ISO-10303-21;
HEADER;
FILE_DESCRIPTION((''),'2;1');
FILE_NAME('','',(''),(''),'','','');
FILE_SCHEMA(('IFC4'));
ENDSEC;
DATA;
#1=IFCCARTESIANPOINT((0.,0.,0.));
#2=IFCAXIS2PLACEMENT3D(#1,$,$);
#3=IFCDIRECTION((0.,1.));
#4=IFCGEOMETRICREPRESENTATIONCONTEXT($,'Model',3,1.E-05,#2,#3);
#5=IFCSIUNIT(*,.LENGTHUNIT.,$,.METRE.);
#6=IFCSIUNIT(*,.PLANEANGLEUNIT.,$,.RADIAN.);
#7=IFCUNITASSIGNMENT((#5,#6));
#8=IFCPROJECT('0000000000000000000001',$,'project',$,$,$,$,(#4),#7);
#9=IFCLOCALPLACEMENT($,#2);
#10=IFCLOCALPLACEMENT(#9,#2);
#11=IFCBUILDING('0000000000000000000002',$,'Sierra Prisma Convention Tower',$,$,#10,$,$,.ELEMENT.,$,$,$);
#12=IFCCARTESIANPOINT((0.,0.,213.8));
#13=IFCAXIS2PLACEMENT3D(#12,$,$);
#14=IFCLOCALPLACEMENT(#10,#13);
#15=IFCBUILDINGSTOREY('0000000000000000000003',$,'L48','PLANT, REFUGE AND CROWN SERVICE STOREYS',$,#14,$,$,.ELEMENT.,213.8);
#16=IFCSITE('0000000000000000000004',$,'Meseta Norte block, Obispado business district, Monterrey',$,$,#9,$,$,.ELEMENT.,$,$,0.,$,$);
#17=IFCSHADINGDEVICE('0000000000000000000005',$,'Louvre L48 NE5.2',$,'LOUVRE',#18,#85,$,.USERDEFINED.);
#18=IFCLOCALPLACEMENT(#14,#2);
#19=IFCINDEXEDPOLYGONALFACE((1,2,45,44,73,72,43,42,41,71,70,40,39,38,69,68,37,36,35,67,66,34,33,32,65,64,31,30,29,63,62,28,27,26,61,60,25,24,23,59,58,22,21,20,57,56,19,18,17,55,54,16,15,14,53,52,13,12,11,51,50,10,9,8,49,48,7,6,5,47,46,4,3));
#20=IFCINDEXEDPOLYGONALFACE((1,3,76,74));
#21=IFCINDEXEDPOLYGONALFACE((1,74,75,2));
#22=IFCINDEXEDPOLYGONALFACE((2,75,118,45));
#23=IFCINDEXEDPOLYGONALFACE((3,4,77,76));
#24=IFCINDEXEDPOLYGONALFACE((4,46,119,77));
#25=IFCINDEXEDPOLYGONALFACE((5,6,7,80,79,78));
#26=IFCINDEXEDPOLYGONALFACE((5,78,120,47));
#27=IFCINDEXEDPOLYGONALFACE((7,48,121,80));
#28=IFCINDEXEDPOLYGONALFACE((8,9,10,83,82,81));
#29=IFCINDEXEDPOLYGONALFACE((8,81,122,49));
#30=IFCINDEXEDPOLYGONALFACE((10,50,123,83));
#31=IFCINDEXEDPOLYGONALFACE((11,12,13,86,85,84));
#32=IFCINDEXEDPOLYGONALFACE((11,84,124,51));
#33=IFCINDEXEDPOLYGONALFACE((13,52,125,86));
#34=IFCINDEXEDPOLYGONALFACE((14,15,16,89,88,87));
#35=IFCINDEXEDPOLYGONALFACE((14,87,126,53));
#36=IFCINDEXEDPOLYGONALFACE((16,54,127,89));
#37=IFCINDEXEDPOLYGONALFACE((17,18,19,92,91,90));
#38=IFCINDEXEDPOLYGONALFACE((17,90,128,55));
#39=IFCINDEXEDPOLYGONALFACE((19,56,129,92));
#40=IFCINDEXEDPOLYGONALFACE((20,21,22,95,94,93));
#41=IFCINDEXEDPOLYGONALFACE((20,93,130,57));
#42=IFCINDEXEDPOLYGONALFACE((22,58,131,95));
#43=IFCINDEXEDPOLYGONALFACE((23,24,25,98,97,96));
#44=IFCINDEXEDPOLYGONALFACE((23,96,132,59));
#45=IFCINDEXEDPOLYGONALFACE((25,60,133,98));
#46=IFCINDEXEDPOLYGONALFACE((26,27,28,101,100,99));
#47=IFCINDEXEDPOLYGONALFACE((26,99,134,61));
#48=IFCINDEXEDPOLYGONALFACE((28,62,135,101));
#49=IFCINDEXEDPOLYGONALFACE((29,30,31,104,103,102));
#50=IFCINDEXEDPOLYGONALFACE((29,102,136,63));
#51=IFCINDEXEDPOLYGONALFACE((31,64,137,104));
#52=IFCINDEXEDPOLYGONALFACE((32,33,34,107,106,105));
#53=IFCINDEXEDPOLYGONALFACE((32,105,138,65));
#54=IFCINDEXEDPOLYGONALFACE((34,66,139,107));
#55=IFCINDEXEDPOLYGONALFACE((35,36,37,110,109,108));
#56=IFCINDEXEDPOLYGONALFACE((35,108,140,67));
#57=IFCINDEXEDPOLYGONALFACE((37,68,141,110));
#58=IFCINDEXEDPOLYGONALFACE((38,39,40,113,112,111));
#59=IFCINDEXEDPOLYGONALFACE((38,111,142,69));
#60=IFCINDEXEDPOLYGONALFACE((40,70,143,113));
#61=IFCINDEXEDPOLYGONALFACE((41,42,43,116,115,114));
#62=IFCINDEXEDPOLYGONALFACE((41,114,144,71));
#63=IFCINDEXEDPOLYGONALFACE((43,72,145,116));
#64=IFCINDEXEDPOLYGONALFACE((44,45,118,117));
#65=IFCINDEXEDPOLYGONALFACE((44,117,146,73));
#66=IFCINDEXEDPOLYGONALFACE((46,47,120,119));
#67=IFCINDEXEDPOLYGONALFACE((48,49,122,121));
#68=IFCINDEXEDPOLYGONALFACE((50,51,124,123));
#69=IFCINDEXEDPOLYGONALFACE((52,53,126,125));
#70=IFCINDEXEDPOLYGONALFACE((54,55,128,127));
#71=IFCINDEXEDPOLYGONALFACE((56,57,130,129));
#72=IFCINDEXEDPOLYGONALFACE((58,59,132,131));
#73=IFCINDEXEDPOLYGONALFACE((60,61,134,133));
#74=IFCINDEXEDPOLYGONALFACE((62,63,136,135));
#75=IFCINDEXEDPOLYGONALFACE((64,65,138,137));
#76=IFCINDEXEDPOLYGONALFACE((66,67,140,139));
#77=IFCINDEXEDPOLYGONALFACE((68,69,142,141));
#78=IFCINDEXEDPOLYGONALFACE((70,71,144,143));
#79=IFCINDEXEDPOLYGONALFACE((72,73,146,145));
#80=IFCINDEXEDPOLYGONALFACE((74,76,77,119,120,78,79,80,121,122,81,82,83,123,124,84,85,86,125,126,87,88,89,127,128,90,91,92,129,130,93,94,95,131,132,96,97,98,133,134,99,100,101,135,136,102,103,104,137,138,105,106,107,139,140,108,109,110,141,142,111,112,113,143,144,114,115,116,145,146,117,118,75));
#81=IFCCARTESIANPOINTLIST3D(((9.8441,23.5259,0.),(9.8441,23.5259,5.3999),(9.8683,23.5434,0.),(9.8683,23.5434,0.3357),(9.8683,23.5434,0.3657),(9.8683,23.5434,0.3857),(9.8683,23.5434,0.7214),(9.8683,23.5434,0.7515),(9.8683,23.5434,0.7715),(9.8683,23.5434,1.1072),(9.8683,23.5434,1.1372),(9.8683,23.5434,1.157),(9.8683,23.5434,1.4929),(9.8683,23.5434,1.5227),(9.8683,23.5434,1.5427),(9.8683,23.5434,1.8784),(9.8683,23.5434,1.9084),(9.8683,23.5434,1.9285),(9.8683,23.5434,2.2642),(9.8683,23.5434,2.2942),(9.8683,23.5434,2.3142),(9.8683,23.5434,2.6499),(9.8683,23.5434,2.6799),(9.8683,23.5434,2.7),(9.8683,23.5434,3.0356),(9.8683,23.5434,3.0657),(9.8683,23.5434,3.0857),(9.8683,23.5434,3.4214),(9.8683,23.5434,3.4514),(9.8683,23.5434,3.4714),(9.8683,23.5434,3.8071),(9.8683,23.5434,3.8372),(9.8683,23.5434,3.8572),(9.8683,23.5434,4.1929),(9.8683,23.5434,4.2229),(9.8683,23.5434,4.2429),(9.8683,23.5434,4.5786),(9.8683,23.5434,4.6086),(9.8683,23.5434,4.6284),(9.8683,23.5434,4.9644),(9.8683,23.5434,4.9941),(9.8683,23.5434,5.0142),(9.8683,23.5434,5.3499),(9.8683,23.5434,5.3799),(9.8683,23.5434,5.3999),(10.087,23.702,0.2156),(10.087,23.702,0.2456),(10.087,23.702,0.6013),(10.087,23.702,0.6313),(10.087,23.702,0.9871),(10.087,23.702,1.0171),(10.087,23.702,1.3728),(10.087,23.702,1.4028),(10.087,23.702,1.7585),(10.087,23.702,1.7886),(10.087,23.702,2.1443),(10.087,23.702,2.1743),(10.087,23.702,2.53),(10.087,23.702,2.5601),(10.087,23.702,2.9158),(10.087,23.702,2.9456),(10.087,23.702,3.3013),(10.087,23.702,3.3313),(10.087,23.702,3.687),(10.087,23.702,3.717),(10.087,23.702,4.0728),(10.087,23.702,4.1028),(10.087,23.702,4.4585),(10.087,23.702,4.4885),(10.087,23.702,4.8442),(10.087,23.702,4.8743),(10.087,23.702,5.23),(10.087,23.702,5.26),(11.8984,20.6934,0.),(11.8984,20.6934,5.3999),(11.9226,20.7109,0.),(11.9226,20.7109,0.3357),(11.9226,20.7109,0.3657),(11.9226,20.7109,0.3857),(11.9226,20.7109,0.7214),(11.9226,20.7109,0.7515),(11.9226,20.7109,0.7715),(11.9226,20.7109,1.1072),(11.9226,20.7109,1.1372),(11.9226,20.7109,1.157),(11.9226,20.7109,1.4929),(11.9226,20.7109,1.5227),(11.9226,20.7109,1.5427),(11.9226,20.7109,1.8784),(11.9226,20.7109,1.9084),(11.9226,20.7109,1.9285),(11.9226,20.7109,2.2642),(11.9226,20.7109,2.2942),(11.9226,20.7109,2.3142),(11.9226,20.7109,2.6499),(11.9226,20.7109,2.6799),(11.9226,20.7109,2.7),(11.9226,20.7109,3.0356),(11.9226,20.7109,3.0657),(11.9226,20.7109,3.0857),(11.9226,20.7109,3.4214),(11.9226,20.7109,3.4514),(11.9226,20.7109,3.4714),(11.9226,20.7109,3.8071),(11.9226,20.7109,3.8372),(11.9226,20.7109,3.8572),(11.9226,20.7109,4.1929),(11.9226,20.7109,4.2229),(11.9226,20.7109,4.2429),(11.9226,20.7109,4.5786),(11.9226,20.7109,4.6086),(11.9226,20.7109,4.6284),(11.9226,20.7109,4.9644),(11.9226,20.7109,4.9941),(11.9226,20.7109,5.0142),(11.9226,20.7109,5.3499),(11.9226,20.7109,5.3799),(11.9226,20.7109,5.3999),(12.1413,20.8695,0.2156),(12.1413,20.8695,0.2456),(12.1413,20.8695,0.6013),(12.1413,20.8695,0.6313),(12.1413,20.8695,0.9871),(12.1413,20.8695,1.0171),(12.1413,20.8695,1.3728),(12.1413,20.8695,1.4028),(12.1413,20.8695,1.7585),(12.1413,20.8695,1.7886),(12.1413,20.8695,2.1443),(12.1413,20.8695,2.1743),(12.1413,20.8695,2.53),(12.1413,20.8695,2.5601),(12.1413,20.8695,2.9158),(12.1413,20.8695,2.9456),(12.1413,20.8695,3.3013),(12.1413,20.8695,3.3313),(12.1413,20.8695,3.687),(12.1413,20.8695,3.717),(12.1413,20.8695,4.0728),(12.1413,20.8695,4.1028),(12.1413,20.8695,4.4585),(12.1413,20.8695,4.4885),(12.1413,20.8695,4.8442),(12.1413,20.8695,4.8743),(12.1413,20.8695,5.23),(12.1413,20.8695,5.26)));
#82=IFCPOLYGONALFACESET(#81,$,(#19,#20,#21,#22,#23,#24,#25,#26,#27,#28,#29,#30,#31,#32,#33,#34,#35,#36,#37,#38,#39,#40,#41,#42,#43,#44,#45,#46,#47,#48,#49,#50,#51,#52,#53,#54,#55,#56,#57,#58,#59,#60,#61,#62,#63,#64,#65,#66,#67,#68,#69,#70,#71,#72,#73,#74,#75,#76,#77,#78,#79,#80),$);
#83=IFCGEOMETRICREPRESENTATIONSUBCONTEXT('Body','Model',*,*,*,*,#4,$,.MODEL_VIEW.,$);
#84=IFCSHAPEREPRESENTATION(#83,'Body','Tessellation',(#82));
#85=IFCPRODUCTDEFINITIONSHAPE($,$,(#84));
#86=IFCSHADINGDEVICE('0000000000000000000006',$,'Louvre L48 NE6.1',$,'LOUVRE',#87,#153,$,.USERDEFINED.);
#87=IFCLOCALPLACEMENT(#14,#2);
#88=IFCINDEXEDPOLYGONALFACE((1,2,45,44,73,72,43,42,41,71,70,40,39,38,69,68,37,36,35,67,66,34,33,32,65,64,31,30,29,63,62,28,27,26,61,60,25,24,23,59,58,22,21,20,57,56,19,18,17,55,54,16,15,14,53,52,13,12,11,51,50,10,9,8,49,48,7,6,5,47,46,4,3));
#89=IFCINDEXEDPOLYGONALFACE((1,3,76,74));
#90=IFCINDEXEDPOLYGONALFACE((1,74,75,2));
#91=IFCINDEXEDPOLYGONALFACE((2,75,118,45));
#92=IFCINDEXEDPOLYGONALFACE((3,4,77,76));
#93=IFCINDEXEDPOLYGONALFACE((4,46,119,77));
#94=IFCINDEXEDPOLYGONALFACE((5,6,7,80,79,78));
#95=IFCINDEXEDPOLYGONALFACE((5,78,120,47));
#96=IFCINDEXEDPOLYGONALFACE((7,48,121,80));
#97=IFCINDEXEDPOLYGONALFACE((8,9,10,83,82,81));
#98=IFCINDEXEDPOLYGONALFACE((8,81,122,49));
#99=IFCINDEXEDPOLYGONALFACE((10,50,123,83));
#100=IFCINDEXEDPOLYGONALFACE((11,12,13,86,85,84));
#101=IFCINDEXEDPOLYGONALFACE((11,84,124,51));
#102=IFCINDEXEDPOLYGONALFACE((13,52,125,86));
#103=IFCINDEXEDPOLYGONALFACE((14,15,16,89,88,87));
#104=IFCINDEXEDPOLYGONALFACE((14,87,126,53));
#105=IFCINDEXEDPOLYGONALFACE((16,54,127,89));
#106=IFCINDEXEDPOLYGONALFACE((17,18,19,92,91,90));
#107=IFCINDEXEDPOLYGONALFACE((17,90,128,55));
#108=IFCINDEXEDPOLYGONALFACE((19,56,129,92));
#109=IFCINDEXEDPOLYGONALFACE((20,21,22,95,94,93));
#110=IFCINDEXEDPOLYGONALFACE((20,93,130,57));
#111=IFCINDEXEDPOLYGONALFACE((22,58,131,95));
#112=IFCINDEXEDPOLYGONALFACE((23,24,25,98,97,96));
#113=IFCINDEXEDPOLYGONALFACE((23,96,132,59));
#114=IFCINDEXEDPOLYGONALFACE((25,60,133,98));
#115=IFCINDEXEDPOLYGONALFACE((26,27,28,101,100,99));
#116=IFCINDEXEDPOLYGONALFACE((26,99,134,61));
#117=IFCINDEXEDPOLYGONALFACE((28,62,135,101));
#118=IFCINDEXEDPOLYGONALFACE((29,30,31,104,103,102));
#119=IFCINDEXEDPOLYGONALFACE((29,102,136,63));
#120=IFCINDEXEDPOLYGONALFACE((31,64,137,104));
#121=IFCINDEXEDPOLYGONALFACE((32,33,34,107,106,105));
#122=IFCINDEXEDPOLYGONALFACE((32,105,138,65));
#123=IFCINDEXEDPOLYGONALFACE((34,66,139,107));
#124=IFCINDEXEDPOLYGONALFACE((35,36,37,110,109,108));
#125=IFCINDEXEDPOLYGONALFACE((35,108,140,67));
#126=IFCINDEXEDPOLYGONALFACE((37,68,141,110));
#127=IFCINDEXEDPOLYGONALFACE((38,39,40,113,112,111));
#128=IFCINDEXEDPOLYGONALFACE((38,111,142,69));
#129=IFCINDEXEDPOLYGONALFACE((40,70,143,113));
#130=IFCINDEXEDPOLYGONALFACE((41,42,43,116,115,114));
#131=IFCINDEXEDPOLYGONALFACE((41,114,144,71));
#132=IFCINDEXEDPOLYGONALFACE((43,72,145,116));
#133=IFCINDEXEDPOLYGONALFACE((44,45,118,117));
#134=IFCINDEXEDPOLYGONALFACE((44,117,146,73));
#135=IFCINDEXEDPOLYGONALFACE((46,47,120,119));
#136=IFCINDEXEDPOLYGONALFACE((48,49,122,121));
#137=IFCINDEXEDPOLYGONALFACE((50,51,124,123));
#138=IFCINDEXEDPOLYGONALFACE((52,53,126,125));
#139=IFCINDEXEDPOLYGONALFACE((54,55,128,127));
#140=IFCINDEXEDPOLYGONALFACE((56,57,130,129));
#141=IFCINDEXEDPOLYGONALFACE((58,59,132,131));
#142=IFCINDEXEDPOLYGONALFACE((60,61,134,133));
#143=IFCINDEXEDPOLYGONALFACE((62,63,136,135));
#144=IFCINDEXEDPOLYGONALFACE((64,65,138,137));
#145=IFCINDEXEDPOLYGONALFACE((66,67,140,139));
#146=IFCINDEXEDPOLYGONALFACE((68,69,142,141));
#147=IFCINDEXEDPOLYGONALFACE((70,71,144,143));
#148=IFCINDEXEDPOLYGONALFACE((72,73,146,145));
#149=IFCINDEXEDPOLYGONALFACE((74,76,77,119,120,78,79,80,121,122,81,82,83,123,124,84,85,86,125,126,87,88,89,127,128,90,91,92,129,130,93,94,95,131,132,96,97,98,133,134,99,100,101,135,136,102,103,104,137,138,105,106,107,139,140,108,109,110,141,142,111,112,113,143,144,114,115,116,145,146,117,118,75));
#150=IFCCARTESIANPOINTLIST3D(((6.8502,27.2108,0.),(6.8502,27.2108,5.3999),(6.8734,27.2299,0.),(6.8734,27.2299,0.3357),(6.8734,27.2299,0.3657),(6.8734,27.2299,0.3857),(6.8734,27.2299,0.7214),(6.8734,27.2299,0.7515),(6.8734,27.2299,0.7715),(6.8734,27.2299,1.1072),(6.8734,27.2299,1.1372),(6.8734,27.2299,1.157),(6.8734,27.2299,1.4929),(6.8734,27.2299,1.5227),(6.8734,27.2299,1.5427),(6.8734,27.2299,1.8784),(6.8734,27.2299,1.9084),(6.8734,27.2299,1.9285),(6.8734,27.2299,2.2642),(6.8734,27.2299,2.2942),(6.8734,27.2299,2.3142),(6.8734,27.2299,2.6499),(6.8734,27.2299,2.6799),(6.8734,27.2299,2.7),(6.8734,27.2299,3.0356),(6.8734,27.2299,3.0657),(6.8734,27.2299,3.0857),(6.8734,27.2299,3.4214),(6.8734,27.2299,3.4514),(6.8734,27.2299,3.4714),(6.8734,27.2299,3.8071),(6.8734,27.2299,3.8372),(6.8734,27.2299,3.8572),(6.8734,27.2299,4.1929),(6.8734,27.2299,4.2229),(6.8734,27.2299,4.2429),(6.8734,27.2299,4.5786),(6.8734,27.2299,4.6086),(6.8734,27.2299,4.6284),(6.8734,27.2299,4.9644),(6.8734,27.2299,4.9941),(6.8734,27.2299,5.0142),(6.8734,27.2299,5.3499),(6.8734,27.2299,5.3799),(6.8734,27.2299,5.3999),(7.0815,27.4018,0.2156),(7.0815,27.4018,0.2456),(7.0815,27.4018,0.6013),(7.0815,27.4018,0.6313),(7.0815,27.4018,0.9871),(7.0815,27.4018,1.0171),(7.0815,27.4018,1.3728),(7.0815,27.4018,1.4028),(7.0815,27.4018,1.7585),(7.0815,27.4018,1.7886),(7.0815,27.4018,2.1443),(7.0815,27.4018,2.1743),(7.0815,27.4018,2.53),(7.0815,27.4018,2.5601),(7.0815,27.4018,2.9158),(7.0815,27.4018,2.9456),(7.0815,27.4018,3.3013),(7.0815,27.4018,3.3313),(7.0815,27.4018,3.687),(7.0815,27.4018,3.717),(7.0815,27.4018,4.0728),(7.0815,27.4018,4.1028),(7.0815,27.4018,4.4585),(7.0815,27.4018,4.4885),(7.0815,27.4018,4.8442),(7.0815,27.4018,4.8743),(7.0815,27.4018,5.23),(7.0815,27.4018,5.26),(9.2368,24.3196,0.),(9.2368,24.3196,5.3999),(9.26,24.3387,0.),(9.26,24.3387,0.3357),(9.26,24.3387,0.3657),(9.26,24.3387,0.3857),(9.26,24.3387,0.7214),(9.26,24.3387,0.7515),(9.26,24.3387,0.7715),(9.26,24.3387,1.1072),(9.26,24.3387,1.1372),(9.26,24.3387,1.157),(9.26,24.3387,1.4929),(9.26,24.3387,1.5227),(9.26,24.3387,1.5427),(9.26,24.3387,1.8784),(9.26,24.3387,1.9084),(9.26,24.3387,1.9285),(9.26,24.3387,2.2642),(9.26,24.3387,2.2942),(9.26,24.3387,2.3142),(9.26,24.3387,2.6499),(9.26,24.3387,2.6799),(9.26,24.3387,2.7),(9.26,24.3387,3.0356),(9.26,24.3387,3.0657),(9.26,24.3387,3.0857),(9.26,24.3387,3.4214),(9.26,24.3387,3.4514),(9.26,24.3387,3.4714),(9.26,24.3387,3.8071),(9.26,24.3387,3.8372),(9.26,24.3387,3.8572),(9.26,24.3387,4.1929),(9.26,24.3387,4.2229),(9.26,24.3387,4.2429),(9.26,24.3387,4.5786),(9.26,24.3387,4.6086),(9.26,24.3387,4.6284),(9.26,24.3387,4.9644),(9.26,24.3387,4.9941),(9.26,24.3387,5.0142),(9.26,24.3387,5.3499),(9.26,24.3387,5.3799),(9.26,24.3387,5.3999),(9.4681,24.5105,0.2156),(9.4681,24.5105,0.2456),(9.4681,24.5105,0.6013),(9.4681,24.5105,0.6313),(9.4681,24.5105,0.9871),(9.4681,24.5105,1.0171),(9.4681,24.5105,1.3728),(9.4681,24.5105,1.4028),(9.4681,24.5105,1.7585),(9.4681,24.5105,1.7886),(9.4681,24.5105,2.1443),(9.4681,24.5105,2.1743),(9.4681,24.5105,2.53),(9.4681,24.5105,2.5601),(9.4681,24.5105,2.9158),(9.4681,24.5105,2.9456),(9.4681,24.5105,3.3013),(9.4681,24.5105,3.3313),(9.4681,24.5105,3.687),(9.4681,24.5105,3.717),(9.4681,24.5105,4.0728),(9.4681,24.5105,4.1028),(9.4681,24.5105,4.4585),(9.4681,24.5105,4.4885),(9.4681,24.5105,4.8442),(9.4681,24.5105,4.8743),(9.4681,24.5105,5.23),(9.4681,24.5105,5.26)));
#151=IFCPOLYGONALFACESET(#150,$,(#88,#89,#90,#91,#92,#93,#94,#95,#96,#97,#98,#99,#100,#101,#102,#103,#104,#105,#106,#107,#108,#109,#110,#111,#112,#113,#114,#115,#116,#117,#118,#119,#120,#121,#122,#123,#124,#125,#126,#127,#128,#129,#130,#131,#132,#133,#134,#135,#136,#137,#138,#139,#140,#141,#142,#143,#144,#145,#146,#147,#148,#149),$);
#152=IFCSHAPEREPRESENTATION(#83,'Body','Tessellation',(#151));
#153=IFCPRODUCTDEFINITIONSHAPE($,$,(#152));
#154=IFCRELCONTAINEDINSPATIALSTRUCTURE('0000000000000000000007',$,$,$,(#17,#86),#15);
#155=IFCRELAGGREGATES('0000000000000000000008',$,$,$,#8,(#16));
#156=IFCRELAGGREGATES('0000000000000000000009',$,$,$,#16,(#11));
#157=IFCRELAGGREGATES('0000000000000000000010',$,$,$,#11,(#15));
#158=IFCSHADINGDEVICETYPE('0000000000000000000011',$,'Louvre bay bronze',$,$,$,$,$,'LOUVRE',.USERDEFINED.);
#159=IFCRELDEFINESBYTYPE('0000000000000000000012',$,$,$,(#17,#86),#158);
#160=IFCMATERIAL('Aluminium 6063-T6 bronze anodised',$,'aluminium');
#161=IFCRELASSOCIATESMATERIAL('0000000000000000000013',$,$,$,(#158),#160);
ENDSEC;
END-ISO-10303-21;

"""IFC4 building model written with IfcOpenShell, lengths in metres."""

from ifc_helpers import new_model, si_unit, direction, frame, origin, place, context, subcontext, project, spatial, polyline, outline, extrude, material, type_object, element, save


model = new_model("IFC4")

# Units and contexts
model_context = context("Model", 3, precision=1e-05, world=origin(), true_north=direction((0.0, 1.0)))
body_context = subcontext(model_context, "Body", "Model", "MODEL_VIEW")
ifc_project = project(units=[si_unit("LENGTHUNIT", "METRE"), si_unit("PLANEANGLEUNIT", "RADIAN")], contexts=[model_context])

# Site, building, storey
site_placement = place(None, origin())
site = spatial("IfcSite", under=ifc_project, at=site_placement, Name="Meseta Norte block, Obispado business district, Monterrey", CompositionType="ELEMENT", RefElevation=0.0)
building_placement = place(site_placement, origin())
building = spatial("IfcBuilding", under=site, at=building_placement, Name="Sierra Prisma Convention Tower", CompositionType="ELEMENT")
storey_placement = place(building_placement, frame((0.0, 0.0, 213.8)))
storey = spatial("IfcBuildingStorey", under=building, at=storey_placement, Name="L48", Description="PLANT, REFUGE AND CROWN SERVICE STOREYS", CompositionType="ELEMENT", Elevation=213.8)

# Shading devices
ifc_material_1 = material(Name="Aluminium 6063-T6 bronze anodised", Category="aluminium")
shading_device_type = type_object("IfcShadingDeviceType", Name="Louvre bay bronze", ElementType="LOUVRE", PredefinedType="USERDEFINED", material=ifc_material_1)
shading_device_1_placement = place(storey_placement, frame((11.8984, 20.6934, 0.0), z_axis=(0.587106, -0.80951, 0.0), x_axis=(0.0, 0.0, 1.0)))
element("IfcShadingDevice", 1, at=shading_device_1_placement, inside=storey, type_object=shading_device_type, Name="Louvre L48 NE5.2", ObjectType="LOUVRE", PredefinedType="USERDEFINED", context=body_context, shape_type="SweptSolid", body=[
    extrude(outline(polyline([(0.0, 0.0), (5.3999, 0.0), (5.3999, -0.0299), (5.3799, -0.0299), (5.26, -0.3), (5.23, -0.3), (5.3499, -0.0299), (5.0142, -0.0299), (4.9941, -0.0299), (4.8743, -0.3), (4.8442, -0.3), (4.9644, -0.0299), (4.6284, -0.0299), (4.6086, -0.0299), (4.4885, -0.3), (4.4585, -0.3), (4.5786, -0.0299), (4.2429, -0.0299), (4.2229, -0.0299), (4.1028, -0.3), (4.0728, -0.3), (4.1929, -0.0299), (3.8572, -0.0299), (3.8372, -0.0299), (3.717, -0.3), (3.687, -0.3), (3.8071, -0.0299), (3.4714, -0.0299), (3.4514, -0.0299), (3.3313, -0.3), (3.3013, -0.3), (3.4214, -0.0299), (3.0857, -0.0299), (3.0657, -0.0299), (2.9456, -0.3), (2.9158, -0.3), (3.0356, -0.0299), (2.7, -0.0299), (2.6799, -0.0299), (2.5601, -0.3), (2.53, -0.3), (2.6499, -0.0299), (2.3142, -0.0299), (2.2942, -0.0299), (2.1743, -0.3), (2.1443, -0.3), (2.2642, -0.0299), (1.9285, -0.0299), (1.9084, -0.0299), (1.7886, -0.3), (1.7585, -0.3), (1.8784, -0.0299), (1.5427, -0.0299), (1.5227, -0.0299), (1.4028, -0.3), (1.3728, -0.3), (1.4929, -0.0299), (1.157, -0.0299), (1.1372, -0.0299), (1.0171, -0.3), (0.9871, -0.3), (1.1072, -0.0299), (0.7715, -0.0299), (0.7515, -0.0299), (0.6313, -0.3), (0.6013, -0.3), (0.7214, -0.0299), (0.3857, -0.0299), (0.3657, -0.0299), (0.2456, -0.3), (0.2156, -0.3), (0.3357, -0.0299), (0.0, -0.0299), (0.0, 0.0)])), origin(), (0.0, 0.0, -1.0), 3.499),
])
shading_device_2_placement = place(storey_placement, frame((9.2368, 24.3196, 0.0), z_axis=(0.636589, -0.771203, 0.0), x_axis=(0.0, 0.0, 1.0)))
element("IfcShadingDevice", 2, at=shading_device_2_placement, inside=storey, type_object=shading_device_type, Name="Louvre L48 NE6.1", ObjectType="LOUVRE", PredefinedType="USERDEFINED", context=body_context, shape_type="SweptSolid", body=[
    extrude(outline(polyline([(0.0, 0.0), (5.3999, 0.0), (5.3999, -0.03), (5.3799, -0.03), (5.26, -0.2999), (5.23, -0.2999), (5.3499, -0.03), (5.0142, -0.03), (4.9941, -0.03), (4.8743, -0.2999), (4.8442, -0.2999), (4.9644, -0.03), (4.6284, -0.03), (4.6086, -0.03), (4.4885, -0.2999), (4.4585, -0.2999), (4.5786, -0.03), (4.2429, -0.03), (4.2229, -0.03), (4.1028, -0.2999), (4.0728, -0.2999), (4.1929, -0.03), (3.8572, -0.03), (3.8372, -0.03), (3.717, -0.2999), (3.687, -0.2999), (3.8071, -0.03), (3.4714, -0.03), (3.4514, -0.03), (3.3313, -0.2999), (3.3013, -0.2999), (3.4214, -0.03), (3.0857, -0.03), (3.0657, -0.03), (2.9456, -0.2999), (2.9158, -0.2999), (3.0356, -0.03), (2.7, -0.03), (2.6799, -0.03), (2.5601, -0.2999), (2.53, -0.2999), (2.6499, -0.03), (2.3142, -0.03), (2.2942, -0.03), (2.1743, -0.2999), (2.1443, -0.2999), (2.2642, -0.03), (1.9285, -0.03), (1.9084, -0.03), (1.7886, -0.2999), (1.7585, -0.2999), (1.8784, -0.03), (1.5427, -0.03), (1.5227, -0.03), (1.4028, -0.2999), (1.3728, -0.2999), (1.4929, -0.03), (1.157, -0.03), (1.1372, -0.03), (1.0171, -0.2999), (0.9871, -0.2999), (1.1072, -0.03), (0.7715, -0.03), (0.7515, -0.03), (0.6313, -0.2999), (0.6013, -0.2999), (0.7214, -0.03), (0.3857, -0.03), (0.3657, -0.03), (0.2456, -0.2999), (0.2156, -0.2999), (0.3357, -0.03), (0.0, -0.03), (0.0, 0.0)])), origin(), (0.0, 0.0, -1.0), 3.749),
])

save(model, "model.ifc")
